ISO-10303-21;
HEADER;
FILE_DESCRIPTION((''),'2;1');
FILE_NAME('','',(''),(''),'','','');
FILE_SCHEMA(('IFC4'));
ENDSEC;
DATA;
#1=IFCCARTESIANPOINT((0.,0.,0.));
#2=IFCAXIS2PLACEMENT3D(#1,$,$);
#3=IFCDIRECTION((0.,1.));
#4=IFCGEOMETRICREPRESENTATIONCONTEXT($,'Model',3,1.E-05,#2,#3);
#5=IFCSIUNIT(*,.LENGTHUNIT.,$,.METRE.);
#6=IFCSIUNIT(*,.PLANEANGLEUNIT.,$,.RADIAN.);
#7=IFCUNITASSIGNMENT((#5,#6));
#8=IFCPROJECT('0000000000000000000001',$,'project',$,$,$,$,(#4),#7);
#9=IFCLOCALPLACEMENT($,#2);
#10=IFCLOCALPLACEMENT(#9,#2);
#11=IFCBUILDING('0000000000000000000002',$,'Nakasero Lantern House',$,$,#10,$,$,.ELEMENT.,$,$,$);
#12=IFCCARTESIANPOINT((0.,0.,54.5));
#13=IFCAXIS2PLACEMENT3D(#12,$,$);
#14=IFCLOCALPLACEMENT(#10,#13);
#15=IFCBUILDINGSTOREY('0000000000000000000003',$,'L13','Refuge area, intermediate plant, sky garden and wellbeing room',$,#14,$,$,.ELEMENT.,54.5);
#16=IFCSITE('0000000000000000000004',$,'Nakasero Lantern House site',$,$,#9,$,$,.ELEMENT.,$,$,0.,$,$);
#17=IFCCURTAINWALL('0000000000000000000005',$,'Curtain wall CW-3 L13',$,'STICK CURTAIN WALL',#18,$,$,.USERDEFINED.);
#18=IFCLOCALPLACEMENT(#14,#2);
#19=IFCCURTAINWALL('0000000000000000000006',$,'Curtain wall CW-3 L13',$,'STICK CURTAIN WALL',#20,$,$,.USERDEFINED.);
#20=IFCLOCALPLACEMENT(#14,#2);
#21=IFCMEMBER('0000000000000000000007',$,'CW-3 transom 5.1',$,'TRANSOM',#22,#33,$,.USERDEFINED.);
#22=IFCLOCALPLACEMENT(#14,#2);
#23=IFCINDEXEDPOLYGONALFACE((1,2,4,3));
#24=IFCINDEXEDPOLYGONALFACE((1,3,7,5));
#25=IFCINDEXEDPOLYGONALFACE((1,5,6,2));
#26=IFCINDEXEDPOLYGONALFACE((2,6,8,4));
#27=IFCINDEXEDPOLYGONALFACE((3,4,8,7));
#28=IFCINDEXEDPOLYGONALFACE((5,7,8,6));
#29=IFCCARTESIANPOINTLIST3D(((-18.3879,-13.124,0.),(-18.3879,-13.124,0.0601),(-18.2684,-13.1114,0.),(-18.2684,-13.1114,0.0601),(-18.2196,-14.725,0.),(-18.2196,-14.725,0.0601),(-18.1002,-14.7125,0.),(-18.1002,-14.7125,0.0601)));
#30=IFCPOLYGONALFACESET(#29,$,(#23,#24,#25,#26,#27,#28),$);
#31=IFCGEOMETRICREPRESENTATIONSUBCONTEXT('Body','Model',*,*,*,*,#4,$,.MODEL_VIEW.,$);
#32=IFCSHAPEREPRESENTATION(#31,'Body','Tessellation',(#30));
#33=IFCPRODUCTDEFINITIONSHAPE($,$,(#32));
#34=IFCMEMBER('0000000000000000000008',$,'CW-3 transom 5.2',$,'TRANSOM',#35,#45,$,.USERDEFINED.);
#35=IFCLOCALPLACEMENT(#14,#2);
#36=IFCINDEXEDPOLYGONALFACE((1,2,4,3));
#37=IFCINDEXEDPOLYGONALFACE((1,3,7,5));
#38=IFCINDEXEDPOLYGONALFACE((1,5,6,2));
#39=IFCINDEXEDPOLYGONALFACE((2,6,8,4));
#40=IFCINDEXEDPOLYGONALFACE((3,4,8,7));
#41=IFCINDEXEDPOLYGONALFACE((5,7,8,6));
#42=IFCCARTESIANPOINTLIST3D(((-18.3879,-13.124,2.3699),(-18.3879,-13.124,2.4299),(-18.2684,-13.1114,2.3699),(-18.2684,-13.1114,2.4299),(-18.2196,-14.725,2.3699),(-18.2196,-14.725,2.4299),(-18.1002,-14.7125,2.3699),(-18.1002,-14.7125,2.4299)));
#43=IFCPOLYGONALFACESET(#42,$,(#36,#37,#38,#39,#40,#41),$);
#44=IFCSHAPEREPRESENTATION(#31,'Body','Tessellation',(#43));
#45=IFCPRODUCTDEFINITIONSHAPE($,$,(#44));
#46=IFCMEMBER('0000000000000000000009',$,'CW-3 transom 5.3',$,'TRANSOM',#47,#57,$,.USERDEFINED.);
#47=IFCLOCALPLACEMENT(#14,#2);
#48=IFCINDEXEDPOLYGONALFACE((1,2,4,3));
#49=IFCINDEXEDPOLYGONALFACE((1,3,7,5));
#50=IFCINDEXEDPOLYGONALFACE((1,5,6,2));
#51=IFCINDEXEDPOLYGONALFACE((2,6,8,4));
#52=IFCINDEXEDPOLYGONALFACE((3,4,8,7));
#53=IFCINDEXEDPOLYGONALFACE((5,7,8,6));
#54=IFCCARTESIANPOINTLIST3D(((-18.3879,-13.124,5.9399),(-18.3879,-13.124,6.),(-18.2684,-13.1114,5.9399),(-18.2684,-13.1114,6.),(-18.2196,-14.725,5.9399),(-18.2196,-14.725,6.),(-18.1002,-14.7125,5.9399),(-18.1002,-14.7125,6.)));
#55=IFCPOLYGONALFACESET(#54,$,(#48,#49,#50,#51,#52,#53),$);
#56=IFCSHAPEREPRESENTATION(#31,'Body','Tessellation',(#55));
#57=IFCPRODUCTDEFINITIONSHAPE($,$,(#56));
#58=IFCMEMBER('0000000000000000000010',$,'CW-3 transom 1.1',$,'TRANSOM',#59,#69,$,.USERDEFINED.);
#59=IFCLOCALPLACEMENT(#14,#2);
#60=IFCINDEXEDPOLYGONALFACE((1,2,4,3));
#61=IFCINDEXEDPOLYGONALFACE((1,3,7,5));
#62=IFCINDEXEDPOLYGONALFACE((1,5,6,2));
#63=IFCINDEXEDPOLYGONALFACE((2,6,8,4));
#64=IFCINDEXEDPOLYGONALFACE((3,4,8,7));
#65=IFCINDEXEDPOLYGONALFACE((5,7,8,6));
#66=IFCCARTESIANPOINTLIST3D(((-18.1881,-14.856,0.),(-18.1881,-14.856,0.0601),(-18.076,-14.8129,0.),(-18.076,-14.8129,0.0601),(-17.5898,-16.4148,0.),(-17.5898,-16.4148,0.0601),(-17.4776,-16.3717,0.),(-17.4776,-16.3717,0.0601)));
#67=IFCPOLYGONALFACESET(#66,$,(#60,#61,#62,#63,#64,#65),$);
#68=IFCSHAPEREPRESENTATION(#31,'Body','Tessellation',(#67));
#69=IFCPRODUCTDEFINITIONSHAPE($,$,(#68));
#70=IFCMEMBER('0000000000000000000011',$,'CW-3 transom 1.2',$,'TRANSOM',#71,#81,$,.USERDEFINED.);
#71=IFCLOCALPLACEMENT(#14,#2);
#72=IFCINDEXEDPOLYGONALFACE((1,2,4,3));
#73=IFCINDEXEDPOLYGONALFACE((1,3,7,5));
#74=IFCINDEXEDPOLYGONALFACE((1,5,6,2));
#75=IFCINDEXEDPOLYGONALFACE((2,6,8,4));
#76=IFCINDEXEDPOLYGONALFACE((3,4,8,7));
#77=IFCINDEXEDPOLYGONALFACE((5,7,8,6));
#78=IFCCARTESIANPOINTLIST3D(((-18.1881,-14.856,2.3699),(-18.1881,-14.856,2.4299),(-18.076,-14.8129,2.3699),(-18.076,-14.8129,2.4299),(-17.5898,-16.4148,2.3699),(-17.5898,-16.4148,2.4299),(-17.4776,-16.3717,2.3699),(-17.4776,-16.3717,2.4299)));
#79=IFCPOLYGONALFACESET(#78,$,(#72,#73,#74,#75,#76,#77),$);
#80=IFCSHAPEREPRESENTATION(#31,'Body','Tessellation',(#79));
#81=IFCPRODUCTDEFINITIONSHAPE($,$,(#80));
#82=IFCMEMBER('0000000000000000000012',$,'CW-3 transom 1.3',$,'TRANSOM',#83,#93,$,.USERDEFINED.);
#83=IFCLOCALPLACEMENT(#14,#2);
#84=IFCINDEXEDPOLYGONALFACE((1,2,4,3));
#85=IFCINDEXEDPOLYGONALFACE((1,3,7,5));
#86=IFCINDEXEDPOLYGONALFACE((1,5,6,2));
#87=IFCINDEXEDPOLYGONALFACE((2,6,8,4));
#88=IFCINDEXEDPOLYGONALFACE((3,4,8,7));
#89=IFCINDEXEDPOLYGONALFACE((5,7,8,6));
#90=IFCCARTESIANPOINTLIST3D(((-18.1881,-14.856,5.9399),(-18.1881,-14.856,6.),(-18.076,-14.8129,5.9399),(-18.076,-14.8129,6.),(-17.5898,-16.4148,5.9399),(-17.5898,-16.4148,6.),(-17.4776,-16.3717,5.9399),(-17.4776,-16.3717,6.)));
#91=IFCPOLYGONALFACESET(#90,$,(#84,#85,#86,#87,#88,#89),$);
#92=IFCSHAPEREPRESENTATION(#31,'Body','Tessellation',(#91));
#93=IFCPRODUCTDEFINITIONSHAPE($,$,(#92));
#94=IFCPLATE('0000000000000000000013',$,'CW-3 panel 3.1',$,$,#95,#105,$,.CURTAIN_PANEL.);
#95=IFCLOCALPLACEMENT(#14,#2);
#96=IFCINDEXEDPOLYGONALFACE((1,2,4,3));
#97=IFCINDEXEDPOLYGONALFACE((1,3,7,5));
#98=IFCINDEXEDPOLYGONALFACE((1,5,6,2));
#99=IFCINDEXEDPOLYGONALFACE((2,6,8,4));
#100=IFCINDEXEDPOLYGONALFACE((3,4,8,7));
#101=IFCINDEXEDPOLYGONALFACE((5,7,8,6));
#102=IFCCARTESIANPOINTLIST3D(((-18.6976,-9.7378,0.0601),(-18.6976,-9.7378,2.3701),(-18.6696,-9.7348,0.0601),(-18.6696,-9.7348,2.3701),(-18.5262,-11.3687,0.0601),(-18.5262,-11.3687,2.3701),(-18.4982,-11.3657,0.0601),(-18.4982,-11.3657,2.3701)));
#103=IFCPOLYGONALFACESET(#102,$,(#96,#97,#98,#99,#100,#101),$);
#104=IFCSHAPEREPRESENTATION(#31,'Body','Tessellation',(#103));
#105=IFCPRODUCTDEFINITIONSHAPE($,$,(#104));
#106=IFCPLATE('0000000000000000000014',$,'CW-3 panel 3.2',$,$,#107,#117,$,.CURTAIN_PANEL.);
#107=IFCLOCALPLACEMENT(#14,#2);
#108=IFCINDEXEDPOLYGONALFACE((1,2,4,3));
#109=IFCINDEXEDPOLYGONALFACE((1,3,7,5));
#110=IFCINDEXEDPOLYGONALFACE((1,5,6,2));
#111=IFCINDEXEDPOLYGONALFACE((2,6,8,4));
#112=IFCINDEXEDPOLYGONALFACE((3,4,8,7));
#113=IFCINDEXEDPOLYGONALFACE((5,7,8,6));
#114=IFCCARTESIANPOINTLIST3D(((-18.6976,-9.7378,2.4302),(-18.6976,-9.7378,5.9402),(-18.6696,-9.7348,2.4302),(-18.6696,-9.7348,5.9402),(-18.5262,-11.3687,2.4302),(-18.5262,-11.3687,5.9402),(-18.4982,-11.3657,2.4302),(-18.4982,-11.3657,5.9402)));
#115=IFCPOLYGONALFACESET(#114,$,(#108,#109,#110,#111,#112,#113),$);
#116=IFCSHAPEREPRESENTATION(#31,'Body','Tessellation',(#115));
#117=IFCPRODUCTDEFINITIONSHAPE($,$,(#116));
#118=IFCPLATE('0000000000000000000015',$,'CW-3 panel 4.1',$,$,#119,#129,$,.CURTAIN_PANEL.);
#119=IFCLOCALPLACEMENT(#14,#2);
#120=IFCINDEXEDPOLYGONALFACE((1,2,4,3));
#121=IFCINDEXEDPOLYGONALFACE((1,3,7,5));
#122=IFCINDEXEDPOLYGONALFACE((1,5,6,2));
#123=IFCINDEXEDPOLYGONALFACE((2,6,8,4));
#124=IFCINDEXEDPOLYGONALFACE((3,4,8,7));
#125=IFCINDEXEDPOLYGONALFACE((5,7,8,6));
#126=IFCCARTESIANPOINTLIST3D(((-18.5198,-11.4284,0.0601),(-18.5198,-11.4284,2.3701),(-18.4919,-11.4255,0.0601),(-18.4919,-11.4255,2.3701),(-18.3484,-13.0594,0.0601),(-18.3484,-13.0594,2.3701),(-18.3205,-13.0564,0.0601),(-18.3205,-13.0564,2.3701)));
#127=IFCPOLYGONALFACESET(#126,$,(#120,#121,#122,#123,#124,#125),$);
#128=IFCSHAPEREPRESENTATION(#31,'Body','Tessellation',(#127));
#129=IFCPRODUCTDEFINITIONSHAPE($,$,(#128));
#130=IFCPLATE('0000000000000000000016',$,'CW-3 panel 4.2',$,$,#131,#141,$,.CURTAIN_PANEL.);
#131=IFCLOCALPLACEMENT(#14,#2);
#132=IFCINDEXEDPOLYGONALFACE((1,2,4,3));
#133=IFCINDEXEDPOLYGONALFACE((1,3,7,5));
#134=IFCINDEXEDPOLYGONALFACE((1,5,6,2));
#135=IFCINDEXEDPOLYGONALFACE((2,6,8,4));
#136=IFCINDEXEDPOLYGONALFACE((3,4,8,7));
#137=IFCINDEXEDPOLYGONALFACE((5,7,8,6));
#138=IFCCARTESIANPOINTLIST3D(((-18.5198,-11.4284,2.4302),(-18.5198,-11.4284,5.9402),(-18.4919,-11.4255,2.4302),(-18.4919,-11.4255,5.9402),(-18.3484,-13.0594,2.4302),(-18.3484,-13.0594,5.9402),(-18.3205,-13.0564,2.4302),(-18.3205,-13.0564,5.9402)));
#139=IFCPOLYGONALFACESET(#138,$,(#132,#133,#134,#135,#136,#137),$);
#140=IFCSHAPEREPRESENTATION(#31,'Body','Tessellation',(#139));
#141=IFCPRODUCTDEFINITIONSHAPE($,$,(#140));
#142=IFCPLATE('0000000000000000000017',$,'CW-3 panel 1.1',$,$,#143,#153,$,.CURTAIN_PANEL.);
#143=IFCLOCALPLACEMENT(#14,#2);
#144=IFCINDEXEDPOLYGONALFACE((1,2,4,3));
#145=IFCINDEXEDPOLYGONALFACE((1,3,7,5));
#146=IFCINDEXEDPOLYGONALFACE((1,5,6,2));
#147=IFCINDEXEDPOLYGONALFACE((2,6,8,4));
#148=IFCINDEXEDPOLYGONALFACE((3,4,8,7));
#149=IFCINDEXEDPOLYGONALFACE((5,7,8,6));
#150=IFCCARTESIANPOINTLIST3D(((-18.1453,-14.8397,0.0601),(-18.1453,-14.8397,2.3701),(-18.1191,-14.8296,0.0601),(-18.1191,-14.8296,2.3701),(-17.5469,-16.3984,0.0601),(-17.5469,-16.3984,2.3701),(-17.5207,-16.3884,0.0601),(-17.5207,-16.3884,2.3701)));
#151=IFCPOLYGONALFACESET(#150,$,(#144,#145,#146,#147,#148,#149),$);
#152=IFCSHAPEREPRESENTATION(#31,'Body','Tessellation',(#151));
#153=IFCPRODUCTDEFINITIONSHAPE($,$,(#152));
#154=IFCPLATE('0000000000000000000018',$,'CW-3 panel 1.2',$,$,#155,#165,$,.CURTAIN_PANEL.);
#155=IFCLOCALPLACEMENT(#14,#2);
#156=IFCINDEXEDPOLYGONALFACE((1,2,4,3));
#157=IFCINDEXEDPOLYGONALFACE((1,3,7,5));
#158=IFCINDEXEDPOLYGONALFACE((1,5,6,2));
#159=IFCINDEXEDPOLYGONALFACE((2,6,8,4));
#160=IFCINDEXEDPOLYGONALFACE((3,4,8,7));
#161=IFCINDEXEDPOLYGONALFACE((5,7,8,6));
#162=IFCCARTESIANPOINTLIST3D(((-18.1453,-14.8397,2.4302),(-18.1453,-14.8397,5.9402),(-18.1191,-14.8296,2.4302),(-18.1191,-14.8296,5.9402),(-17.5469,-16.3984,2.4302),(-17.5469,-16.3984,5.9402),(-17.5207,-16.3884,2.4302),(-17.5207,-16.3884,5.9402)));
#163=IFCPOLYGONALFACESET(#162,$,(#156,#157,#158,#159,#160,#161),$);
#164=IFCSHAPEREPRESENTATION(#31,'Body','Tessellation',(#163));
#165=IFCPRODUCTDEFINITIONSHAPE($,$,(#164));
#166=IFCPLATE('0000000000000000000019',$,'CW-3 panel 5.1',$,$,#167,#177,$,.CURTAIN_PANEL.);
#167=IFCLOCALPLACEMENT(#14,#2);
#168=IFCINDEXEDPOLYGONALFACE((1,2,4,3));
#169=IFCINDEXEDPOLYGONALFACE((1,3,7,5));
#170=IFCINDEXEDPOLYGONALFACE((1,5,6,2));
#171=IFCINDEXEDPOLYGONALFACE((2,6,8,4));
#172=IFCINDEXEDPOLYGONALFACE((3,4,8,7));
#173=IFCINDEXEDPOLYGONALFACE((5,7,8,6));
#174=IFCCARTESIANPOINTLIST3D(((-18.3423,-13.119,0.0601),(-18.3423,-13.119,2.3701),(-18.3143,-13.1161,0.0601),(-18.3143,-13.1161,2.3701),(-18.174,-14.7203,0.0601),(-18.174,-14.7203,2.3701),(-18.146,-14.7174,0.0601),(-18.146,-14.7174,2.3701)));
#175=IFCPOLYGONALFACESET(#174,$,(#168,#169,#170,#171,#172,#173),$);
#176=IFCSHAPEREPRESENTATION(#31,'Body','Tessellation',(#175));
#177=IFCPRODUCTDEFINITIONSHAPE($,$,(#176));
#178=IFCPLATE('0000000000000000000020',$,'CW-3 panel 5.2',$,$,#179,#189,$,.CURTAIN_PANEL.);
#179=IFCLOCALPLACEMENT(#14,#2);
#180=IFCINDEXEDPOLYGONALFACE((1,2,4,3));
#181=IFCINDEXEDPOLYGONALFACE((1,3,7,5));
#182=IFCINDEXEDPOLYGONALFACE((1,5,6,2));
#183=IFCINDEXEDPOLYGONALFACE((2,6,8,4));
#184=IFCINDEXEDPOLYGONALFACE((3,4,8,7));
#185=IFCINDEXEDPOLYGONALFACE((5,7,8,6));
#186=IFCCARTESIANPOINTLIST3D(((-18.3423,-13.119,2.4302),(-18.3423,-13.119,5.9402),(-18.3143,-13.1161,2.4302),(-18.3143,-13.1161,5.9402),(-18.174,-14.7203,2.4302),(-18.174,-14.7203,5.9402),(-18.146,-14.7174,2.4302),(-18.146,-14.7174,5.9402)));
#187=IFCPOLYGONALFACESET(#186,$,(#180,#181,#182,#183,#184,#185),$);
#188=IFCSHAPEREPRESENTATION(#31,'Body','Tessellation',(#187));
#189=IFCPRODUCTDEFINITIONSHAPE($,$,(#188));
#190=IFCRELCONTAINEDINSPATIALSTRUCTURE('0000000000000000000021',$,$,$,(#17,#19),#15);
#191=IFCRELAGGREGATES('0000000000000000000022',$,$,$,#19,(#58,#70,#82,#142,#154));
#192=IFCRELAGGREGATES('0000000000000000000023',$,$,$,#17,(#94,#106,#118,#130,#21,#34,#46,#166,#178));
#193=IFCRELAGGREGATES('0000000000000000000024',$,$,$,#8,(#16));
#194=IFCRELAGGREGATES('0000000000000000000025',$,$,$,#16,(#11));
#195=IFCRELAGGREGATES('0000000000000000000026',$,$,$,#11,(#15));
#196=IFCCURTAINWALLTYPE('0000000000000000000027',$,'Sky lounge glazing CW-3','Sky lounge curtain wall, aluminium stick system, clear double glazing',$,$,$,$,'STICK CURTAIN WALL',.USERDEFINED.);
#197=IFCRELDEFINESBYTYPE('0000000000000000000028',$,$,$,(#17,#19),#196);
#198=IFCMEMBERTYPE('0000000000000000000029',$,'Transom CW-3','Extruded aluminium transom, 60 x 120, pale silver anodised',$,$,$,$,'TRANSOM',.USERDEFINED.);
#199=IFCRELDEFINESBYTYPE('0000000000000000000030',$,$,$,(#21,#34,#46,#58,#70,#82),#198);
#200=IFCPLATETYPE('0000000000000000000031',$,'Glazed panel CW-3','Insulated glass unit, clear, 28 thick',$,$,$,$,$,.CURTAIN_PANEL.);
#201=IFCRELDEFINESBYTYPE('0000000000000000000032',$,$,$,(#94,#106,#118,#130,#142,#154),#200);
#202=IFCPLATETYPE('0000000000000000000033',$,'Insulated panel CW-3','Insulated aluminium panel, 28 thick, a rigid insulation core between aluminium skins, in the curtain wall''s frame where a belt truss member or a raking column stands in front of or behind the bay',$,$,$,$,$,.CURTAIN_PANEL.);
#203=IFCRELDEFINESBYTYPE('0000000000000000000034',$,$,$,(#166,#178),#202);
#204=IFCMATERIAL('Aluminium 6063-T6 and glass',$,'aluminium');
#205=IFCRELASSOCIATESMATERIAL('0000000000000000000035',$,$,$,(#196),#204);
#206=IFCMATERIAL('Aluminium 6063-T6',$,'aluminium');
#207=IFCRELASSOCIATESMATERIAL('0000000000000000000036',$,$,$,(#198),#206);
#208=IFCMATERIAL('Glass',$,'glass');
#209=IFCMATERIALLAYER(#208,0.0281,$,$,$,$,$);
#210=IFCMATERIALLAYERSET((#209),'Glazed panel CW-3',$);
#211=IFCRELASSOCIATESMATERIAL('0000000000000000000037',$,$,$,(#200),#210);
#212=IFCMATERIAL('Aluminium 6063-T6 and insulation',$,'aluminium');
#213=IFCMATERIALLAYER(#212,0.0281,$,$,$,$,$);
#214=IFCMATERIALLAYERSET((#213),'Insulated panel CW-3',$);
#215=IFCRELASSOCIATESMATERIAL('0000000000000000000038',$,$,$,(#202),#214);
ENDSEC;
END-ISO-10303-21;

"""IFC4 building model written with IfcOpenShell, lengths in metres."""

from ifc_helpers import new_model, si_unit, direction, frame, origin, origin_2d, place, context, subcontext, project, spatial, rectangle, extrude, material, layer, layer_set, material_profile, profile_set, type_object, element, aggregate, save


model = new_model("IFC4")

# Units and contexts
model_context = context("Model", 3, precision=1e-05, world=origin(), true_north=direction((0.0, 1.0)))
body_context = subcontext(model_context, "Body", "Model", "MODEL_VIEW")
ifc_project = project(units=[si_unit("LENGTHUNIT", "METRE"), si_unit("PLANEANGLEUNIT", "RADIAN")], contexts=[model_context])

# Site, building, storey
site_placement = place(None, origin())
site = spatial("IfcSite", under=ifc_project, at=site_placement, Name="Nakasero Lantern House site", CompositionType="ELEMENT", RefElevation=0.0)
building_placement = place(site_placement, origin())
building = spatial("IfcBuilding", under=site, at=building_placement, Name="Nakasero Lantern House", CompositionType="ELEMENT")
storey_placement = place(building_placement, frame((0.0, 0.0, 54.5)))
storey = spatial("IfcBuildingStorey", under=building, at=storey_placement, Name="L13", Description="Refuge area, intermediate plant, sky garden and wellbeing room", CompositionType="ELEMENT", Elevation=54.5)

# Curtain wall
ifc_material_1 = material(Name="Aluminium 6063-T6 and glass", Category="aluminium")
curtain_wall_type = type_object("IfcCurtainWallType", Name="Sky lounge glazing CW-3", Description="Sky lounge curtain wall, aluminium stick system, clear double glazing", ElementType="STICK CURTAIN WALL", PredefinedType="USERDEFINED", material=ifc_material_1)
curtain_wall_1_placement = place(storey_placement, origin())
curtain_wall_1 = element("IfcCurtainWall", 1, at=curtain_wall_1_placement, inside=storey, type_object=curtain_wall_type, Name="Curtain wall CW-3 L13", ObjectType="STICK CURTAIN WALL", PredefinedType="USERDEFINED")

# Curtain wall
curtain_wall_2_placement = place(storey_placement, origin())
curtain_wall_2 = element("IfcCurtainWall", 2, at=curtain_wall_2_placement, inside=storey, type_object=curtain_wall_type, Name="Curtain wall CW-3 L13", ObjectType="STICK CURTAIN WALL", PredefinedType="USERDEFINED")

# Members
ifc_material_2 = material(Name="Aluminium 6063-T6", Category="aluminium")
ifc_material_profile_1 = material_profile(ifc_material_2, rectangle(XDim=0.0601, YDim=0.1201, at=origin_2d()), Name="CW-3 transom 60x120")
ifc_profile_set_1 = profile_set([ifc_material_profile_1], Name="Aluminium 6063-T6")
member_type_1 = type_object("IfcMemberType", Name="Transom CW-3", Description="Extruded aluminium transom, 60 x 120, pale silver anodised", ElementType="TRANSOM", PredefinedType="USERDEFINED", material=ifc_profile_set_1)
member_1_placement = place(storey_placement, frame((-18.3281, -13.1177, 0.03), z_axis=(0.104487, -0.994526, 0.0), x_axis=(0.0, 0.0, 1.0)))
member_1 = element("IfcMember", 3, at=member_1_placement, type_object=member_type_1, Name="CW-3 transom 5.1", ObjectType="TRANSOM", PredefinedType="USERDEFINED", context=body_context, shape_type="SweptSolid", body=[
    extrude(rectangle(XDim=0.0601, YDim=0.1201, at=origin_2d()), origin(), (0.0, 0.0, 1.0), 1.6099),
])
member_2_placement = place(storey_placement, frame((-18.3281, -13.1177, 2.3999), z_axis=(0.104487, -0.994526, 0.0), x_axis=(0.0, 0.0, 1.0)))
member_2 = element("IfcMember", 4, at=member_2_placement, type_object=member_type_1, Name="CW-3 transom 5.2", ObjectType="TRANSOM", PredefinedType="USERDEFINED", context=body_context, shape_type="SweptSolid", body=[
    extrude(rectangle(XDim=0.0601, YDim=0.1201, at=origin_2d()), origin(), (0.0, 0.0, 1.0), 1.6099),
])
member_3_placement = place(storey_placement, frame((-18.3281, -13.1177, 5.97), z_axis=(0.104487, -0.994526, 0.0), x_axis=(0.0, 0.0, 1.0)))
member_3 = element("IfcMember", 5, at=member_3_placement, type_object=member_type_1, Name="CW-3 transom 5.3", ObjectType="TRANSOM", PredefinedType="USERDEFINED", context=body_context, shape_type="SweptSolid", body=[
    extrude(rectangle(XDim=0.0601, YDim=0.1201, at=origin_2d()), origin(), (0.0, 0.0, 1.0), 1.6099),
])
member_4_placement = place(storey_placement, frame((-18.1321, -14.8345, 0.03), z_axis=(0.358372, -0.933579, 0.0), x_axis=(0.0, 0.0, 1.0)))
member_4 = element("IfcMember", 6, at=member_4_placement, type_object=member_type_1, Name="CW-3 transom 1.1", ObjectType="TRANSOM", PredefinedType="USERDEFINED", context=body_context, shape_type="SweptSolid", body=[
    extrude(rectangle(XDim=0.0601, YDim=0.1201, at=origin_2d()), origin(), (0.0, 0.0, 1.0), 1.6697),
])
member_5_placement = place(storey_placement, frame((-18.1321, -14.8345, 2.3999), z_axis=(0.358372, -0.933579, 0.0), x_axis=(0.0, 0.0, 1.0)))
member_5 = element("IfcMember", 7, at=member_5_placement, type_object=member_type_1, Name="CW-3 transom 1.2", ObjectType="TRANSOM", PredefinedType="USERDEFINED", context=body_context, shape_type="SweptSolid", body=[
    extrude(rectangle(XDim=0.0601, YDim=0.1201, at=origin_2d()), origin(), (0.0, 0.0, 1.0), 1.6697),
])
member_6_placement = place(storey_placement, frame((-18.1321, -14.8345, 5.97), z_axis=(0.358372, -0.933579, 0.0), x_axis=(0.0, 0.0, 1.0)))
member_6 = element("IfcMember", 8, at=member_6_placement, type_object=member_type_1, Name="CW-3 transom 1.3", ObjectType="TRANSOM", PredefinedType="USERDEFINED", context=body_context, shape_type="SweptSolid", body=[
    extrude(rectangle(XDim=0.0601, YDim=0.1201, at=origin_2d()), origin(), (0.0, 0.0, 1.0), 1.6697),
])

# Plates
ifc_material_3 = material(Name="Glass", Category="glass")
ifc_layer_1 = layer(ifc_material_3, 0.0281)
ifc_layer_set_1 = layer_set([ifc_layer_1], Name="Glazed panel CW-3")
plate_type_1 = type_object("IfcPlateType", Name="Glazed panel CW-3", Description="Insulated glass unit, clear, 28 thick", PredefinedType="CURTAIN_PANEL", material=ifc_layer_set_1)
plate_1_placement = place(storey_placement, frame((-18.5979, -10.5518, 0.0601), z_axis=(0.0, 0.0, 1.0), x_axis=(0.104528, -0.994522, 0.0)))
plate_1 = element("IfcPlate", 9, at=plate_1_placement, type_object=plate_type_1, Name="CW-3 panel 3.1", PredefinedType="CURTAIN_PANEL", context=body_context, shape_type="SweptSolid", body=[
    extrude(rectangle(XDim=1.6399, YDim=0.0281, at=origin_2d()), origin(), (0.0, 0.0, 1.0), 2.3101),
])
plate_2_placement = place(storey_placement, frame((-18.5979, -10.5518, 2.4302), z_axis=(0.0, 0.0, 1.0), x_axis=(0.104528, -0.994522, 0.0)))
plate_2 = element("IfcPlate", 10, at=plate_2_placement, type_object=plate_type_1, Name="CW-3 panel 3.2", PredefinedType="CURTAIN_PANEL", context=body_context, shape_type="SweptSolid", body=[
    extrude(rectangle(XDim=1.6399, YDim=0.0281, at=origin_2d()), origin(), (0.0, 0.0, 1.0), 3.51),
])
plate_3_placement = place(storey_placement, frame((-18.4202, -12.2424, 0.0601), z_axis=(0.0, 0.0, 1.0), x_axis=(0.104528, -0.994522, 0.0)))
plate_3 = element("IfcPlate", 11, at=plate_3_placement, type_object=plate_type_1, Name="CW-3 panel 4.1", PredefinedType="CURTAIN_PANEL", context=body_context, shape_type="SweptSolid", body=[
    extrude(rectangle(XDim=1.6399, YDim=0.0281, at=origin_2d()), origin(), (0.0, 0.0, 1.0), 2.3101),
])
plate_4_placement = place(storey_placement, frame((-18.4202, -12.2424, 2.4302), z_axis=(0.0, 0.0, 1.0), x_axis=(0.104528, -0.994522, 0.0)))
plate_4 = element("IfcPlate", 12, at=plate_4_placement, type_object=plate_type_1, Name="CW-3 panel 4.2", PredefinedType="CURTAIN_PANEL", context=body_context, shape_type="SweptSolid", body=[
    extrude(rectangle(XDim=1.6399, YDim=0.0281, at=origin_2d()), origin(), (0.0, 0.0, 1.0), 3.51),
])
plate_5_placement = place(storey_placement, frame((-17.833, -15.614, 0.0601), z_axis=(0.0, 0.0, 1.0), x_axis=(0.358368, -0.93358, 0.0)))
plate_5 = element("IfcPlate", 13, at=plate_5_placement, type_object=plate_type_1, Name="CW-3 panel 1.1", PredefinedType="CURTAIN_PANEL", context=body_context, shape_type="SweptSolid", body=[
    extrude(rectangle(XDim=1.6697, YDim=0.0281, at=origin_2d()), origin(), (0.0, 0.0, 1.0), 2.3101),
])
plate_6_placement = place(storey_placement, frame((-17.833, -15.614, 2.4302), z_axis=(0.0, 0.0, 1.0), x_axis=(0.358368, -0.93358, 0.0)))
plate_6 = element("IfcPlate", 14, at=plate_6_placement, type_object=plate_type_1, Name="CW-3 panel 1.2", PredefinedType="CURTAIN_PANEL", context=body_context, shape_type="SweptSolid", body=[
    extrude(rectangle(XDim=1.6697, YDim=0.0281, at=origin_2d()), origin(), (0.0, 0.0, 1.0), 3.51),
])
aggregate(curtain_wall_2, [member_4, member_5, member_6, plate_5, plate_6])
ifc_material_4 = material(Name="Aluminium 6063-T6 and insulation", Category="aluminium")
ifc_layer_2 = layer(ifc_material_4, 0.0281)
ifc_layer_set_2 = layer_set([ifc_layer_2], Name="Insulated panel CW-3")
plate_type_2 = type_object("IfcPlateType", Name="Insulated panel CW-3", Description="Insulated aluminium panel, 28 thick, a rigid insulation core between aluminium skins, in the curtain wall's frame where a belt truss member or a raking column stands in front of or behind the bay", PredefinedType="CURTAIN_PANEL", material=ifc_layer_set_2)
plate_7_placement = place(storey_placement, frame((-18.2441, -13.9182, 0.0601), z_axis=(0.0, 0.0, 1.0), x_axis=(0.104528, -0.994522, 0.0)))
plate_7 = element("IfcPlate", 15, at=plate_7_placement, type_object=plate_type_2, Name="CW-3 panel 5.1", PredefinedType="CURTAIN_PANEL", context=body_context, shape_type="SweptSolid", body=[
    extrude(rectangle(XDim=1.6101, YDim=0.0281, at=origin_2d()), origin(), (0.0, 0.0, 1.0), 2.3101),
])
plate_8_placement = place(storey_placement, frame((-18.2441, -13.9182, 2.4302), z_axis=(0.0, 0.0, 1.0), x_axis=(0.104528, -0.994522, 0.0)))
plate_8 = element("IfcPlate", 16, at=plate_8_placement, type_object=plate_type_2, Name="CW-3 panel 5.2", PredefinedType="CURTAIN_PANEL", context=body_context, shape_type="SweptSolid", body=[
    extrude(rectangle(XDim=1.6101, YDim=0.0281, at=origin_2d()), origin(), (0.0, 0.0, 1.0), 3.51),
])
aggregate(curtain_wall_1, [plate_1, plate_2, plate_3, plate_4, member_1, member_2, member_3, plate_7, plate_8])

save(model, "model.ifc")
